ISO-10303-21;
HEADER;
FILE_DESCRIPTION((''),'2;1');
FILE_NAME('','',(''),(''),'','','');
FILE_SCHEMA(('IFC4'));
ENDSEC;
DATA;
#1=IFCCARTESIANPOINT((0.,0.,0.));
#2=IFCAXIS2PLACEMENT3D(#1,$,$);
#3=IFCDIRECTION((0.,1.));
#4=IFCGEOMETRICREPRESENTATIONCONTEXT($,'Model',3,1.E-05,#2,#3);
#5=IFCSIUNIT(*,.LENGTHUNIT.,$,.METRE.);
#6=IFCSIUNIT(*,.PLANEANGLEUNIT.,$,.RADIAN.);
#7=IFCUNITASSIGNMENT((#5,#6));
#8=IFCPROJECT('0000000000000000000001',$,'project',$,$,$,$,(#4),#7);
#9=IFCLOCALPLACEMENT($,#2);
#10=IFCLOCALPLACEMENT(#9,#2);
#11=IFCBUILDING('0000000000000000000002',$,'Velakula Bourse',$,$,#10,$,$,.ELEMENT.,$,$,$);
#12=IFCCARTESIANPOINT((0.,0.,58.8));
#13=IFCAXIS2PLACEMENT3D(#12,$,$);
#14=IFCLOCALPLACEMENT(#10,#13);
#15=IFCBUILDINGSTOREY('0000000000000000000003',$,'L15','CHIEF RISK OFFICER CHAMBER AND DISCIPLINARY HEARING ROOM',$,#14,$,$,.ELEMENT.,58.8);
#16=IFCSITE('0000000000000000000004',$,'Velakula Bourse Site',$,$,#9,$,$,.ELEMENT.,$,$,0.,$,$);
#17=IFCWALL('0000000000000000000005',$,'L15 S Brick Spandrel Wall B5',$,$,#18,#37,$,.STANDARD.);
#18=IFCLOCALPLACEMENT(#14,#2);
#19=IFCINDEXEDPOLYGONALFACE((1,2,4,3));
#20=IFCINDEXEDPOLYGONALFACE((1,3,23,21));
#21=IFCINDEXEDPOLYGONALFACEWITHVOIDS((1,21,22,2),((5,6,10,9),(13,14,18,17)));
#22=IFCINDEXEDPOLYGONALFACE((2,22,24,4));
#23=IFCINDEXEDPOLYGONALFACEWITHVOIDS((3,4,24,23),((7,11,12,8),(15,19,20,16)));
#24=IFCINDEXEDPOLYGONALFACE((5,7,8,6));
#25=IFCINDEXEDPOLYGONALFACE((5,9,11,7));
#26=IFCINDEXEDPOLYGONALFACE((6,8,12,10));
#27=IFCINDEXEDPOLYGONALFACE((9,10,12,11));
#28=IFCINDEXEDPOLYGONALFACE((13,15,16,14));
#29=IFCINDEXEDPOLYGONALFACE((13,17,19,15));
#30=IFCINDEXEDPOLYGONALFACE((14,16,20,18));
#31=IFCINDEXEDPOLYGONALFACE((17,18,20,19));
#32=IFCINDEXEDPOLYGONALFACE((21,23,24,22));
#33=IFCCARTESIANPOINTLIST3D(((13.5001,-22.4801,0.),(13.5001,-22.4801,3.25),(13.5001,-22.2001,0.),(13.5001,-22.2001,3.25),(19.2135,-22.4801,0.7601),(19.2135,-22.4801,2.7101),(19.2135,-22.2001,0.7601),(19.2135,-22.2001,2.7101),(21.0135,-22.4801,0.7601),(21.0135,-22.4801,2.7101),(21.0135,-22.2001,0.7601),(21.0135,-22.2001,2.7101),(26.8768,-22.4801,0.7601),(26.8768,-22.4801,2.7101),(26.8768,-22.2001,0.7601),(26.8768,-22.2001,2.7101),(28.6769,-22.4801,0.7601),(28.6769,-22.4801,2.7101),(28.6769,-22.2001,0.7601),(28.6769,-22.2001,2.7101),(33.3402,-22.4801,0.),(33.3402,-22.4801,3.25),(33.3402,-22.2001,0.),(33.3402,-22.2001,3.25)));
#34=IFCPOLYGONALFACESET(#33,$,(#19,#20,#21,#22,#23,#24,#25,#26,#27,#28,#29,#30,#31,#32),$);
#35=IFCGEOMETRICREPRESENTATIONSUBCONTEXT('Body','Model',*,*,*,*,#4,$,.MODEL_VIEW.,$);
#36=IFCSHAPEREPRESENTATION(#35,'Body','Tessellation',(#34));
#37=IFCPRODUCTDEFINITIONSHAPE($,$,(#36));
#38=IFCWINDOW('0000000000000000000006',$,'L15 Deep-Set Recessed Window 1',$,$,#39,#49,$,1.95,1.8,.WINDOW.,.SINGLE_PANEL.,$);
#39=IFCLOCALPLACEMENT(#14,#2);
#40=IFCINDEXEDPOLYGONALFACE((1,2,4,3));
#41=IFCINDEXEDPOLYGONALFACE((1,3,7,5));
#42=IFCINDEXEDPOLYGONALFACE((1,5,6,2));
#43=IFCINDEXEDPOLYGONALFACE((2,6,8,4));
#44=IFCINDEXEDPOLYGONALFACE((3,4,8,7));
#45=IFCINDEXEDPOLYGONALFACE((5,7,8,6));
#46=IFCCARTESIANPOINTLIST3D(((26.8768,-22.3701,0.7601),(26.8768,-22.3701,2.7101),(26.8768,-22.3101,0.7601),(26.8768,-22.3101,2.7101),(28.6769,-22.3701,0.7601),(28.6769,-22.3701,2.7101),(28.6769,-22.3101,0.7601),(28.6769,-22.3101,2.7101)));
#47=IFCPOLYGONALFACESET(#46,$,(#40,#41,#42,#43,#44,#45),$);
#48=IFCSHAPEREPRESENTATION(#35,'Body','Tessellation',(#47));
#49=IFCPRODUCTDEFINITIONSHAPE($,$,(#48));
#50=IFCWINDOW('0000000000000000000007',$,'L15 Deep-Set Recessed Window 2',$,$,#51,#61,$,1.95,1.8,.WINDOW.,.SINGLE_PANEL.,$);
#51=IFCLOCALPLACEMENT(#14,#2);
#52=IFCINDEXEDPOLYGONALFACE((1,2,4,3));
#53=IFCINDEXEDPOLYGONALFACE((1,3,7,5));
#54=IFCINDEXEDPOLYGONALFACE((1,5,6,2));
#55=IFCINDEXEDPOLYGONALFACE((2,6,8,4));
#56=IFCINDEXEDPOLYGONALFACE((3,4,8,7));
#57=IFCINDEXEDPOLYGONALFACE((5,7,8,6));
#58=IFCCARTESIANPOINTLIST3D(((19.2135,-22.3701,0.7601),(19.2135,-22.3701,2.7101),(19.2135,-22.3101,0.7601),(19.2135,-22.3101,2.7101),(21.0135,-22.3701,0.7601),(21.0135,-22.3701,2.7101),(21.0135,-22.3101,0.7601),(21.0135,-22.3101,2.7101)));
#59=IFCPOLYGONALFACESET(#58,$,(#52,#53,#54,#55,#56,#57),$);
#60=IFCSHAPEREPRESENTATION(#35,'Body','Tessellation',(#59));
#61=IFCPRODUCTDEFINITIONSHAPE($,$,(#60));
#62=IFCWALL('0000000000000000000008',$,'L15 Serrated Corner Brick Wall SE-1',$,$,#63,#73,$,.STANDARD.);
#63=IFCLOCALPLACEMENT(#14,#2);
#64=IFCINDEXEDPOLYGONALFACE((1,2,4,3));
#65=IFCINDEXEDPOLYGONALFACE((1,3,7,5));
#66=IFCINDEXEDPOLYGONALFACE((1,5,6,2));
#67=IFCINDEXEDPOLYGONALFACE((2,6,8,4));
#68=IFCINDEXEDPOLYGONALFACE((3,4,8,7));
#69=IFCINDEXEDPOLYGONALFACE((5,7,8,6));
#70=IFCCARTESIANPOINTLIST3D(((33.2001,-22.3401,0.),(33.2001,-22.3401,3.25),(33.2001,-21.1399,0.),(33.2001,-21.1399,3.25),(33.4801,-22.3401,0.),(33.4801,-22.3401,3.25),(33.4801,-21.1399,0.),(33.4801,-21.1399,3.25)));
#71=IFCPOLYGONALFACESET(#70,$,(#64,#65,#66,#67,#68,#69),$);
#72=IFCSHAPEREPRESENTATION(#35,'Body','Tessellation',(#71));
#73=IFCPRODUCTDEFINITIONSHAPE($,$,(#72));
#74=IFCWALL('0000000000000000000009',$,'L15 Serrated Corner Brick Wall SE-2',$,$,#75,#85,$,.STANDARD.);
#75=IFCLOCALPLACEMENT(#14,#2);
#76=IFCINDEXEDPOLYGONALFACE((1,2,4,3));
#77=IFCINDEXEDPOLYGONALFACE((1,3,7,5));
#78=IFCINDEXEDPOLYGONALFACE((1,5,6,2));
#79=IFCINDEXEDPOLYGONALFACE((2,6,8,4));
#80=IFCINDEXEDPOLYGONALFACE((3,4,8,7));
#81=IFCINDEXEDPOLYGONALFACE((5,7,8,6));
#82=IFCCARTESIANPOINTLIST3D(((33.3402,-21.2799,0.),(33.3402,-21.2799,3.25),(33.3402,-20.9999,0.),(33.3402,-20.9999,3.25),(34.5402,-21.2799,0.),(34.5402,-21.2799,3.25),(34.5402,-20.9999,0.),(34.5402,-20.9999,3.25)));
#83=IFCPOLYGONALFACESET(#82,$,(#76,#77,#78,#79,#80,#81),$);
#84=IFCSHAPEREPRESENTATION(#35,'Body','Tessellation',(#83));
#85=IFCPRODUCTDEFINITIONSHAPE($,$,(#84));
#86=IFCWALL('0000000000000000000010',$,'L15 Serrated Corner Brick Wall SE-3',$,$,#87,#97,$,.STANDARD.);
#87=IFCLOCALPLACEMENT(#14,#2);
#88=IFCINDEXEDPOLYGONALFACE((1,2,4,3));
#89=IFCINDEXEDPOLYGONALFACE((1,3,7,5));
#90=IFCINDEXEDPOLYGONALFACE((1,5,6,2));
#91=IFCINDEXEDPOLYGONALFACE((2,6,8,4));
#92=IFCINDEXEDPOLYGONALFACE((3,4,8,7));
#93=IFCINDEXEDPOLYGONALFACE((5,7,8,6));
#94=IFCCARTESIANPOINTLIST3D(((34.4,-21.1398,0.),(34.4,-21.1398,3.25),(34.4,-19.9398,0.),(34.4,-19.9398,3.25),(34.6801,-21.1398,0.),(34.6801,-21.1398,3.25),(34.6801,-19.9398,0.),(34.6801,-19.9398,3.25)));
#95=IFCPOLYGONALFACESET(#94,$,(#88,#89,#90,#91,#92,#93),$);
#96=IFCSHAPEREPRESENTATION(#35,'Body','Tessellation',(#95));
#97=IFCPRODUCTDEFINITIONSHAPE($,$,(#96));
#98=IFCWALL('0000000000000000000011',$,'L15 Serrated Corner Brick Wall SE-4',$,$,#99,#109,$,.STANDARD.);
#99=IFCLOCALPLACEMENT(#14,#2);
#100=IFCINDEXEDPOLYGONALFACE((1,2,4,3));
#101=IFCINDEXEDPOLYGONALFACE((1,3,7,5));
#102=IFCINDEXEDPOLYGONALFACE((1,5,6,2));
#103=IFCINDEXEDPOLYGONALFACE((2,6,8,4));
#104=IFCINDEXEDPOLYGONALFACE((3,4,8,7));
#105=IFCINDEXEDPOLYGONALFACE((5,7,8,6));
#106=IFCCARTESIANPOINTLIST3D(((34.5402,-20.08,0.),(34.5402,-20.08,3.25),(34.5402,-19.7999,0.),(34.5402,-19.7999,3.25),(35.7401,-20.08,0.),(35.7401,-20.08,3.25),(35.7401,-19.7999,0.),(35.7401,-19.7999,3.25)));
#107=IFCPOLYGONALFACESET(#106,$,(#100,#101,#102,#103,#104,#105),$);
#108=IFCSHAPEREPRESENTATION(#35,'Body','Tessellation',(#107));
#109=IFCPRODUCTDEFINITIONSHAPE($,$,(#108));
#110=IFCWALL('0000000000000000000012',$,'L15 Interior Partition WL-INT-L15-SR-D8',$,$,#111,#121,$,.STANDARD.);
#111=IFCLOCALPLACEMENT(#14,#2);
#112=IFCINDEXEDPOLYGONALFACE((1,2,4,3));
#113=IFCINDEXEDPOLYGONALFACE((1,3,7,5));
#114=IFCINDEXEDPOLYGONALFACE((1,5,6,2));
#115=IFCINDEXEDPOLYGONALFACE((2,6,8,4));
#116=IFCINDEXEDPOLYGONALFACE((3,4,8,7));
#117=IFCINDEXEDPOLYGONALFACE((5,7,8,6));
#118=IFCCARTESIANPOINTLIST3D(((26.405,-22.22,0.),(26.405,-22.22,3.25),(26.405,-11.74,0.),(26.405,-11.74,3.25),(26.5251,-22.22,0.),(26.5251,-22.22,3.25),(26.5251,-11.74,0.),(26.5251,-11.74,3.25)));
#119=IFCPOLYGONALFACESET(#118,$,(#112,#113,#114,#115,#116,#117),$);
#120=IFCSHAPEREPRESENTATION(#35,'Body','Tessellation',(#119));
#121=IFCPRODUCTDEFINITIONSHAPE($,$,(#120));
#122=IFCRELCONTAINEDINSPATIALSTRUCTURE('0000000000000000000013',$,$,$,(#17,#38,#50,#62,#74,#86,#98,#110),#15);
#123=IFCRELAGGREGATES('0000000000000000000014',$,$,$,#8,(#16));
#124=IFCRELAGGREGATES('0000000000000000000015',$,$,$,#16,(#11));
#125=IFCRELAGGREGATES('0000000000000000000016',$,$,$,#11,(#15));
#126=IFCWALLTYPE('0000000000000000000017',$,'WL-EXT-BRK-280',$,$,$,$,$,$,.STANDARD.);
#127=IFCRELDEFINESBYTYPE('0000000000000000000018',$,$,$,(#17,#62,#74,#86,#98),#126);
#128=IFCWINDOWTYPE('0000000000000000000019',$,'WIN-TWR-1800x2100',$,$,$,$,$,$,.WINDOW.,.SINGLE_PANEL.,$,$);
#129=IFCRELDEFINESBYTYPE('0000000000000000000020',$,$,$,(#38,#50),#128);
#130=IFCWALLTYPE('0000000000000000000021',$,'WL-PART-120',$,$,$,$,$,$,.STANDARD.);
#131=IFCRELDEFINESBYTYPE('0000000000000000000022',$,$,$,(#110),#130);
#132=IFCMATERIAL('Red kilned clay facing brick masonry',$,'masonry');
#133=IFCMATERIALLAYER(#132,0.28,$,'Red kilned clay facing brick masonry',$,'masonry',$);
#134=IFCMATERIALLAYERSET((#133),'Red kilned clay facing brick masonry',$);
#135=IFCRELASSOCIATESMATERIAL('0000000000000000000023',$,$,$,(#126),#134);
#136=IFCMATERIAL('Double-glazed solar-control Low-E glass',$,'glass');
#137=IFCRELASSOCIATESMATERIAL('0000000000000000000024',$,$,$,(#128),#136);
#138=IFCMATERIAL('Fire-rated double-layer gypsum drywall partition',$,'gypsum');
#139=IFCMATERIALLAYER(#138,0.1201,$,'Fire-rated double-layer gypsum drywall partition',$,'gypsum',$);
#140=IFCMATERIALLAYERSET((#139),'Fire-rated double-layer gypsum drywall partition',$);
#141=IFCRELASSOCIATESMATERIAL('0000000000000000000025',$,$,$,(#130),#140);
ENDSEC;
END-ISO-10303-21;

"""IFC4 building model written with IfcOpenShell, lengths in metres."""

from ifc_helpers import new_model, si_unit, direction, frame, frame_2d, origin, place, context, subcontext, project, spatial, rectangle, extrude, material, layer, layer_set, type_object, element, fill, save


model = new_model("IFC4")

# Units and contexts
model_context = context("Model", 3, precision=1e-05, world=origin(), true_north=direction((0.0, 1.0)))
body_context = subcontext(model_context, "Body", "Model", "MODEL_VIEW")
ifc_project = project(units=[si_unit("LENGTHUNIT", "METRE"), si_unit("PLANEANGLEUNIT", "RADIAN")], contexts=[model_context])

# Site, building, storey
site_placement = place(None, origin())
site = spatial("IfcSite", under=ifc_project, at=site_placement, Name="Velakula Bourse Site", CompositionType="ELEMENT", RefElevation=0.0)
building_placement = place(site_placement, origin())
building = spatial("IfcBuilding", under=site, at=building_placement, Name="Velakula Bourse", CompositionType="ELEMENT")
storey_placement = place(building_placement, frame((0.0, 0.0, 58.8)))
storey = spatial("IfcBuildingStorey", under=building, at=storey_placement, Name="L15", Description="CHIEF RISK OFFICER CHAMBER AND DISCIPLINARY HEARING ROOM", CompositionType="ELEMENT", Elevation=58.8)

# Wall, openings, windows
ifc_material_1 = material(Name="Red kilned clay facing brick masonry", Category="masonry")
ifc_layer_1 = layer(ifc_material_1, 0.28, Name="Red kilned clay facing brick masonry", Category="masonry")
ifc_layer_set_1 = layer_set([ifc_layer_1], Name="Red kilned clay facing brick masonry")
wall_type_1 = type_object("IfcWallType", Name="WL-EXT-BRK-280", PredefinedType="STANDARD", material=ifc_layer_set_1)
wall_1_placement = place(storey_placement, frame((33.3401, -22.3401, 0.0), z_axis=(0.0, 0.0, 1.0), x_axis=(-1.0, 0.0, 0.0)))
wall_1 = element("IfcWall", 1, at=wall_1_placement, inside=storey, type_object=wall_type_1, Name="L15 S Brick Spandrel Wall B5", PredefinedType="STANDARD", context=body_context, shape_type="SweptSolid", body=[
    extrude(rectangle(XDim=19.8401, YDim=0.28, at=frame_2d((9.9199, 0.0))), origin(), (0.0, 0.0, 1.0), 3.25),
])
opening_1_placement = place(wall_1_placement, frame((4.6633, 0.0, 0.76)))
opening_1 = element("IfcOpeningElement", 2, at=opening_1_placement, cuts=wall_1, PredefinedType="OPENING", context=body_context, shape_type="SweptSolid", body=[
    extrude(rectangle(XDim=1.8, YDim=1.95, at=frame_2d((0.8999, 0.9751))), frame((0.0, 0.1499, 0.0), z_axis=(0.0, -1.0, 0.0), x_axis=(1.0, 0.0, 0.0)), (0.0, 0.0, 1.0), 0.3),
])
opening_2_placement = place(wall_1_placement, frame((12.3267, 0.0, 0.76)))
opening_2 = element("IfcOpeningElement", 3, at=opening_2_placement, cuts=wall_1, PredefinedType="OPENING", context=body_context, shape_type="SweptSolid", body=[
    extrude(rectangle(XDim=1.8, YDim=1.95, at=frame_2d((0.8999, 0.9751))), frame((0.0, 0.1499, 0.0), z_axis=(0.0, -1.0, 0.0), x_axis=(1.0, 0.0, 0.0)), (0.0, 0.0, 1.0), 0.3),
])
ifc_material_2 = material(Name="Double-glazed solar-control Low-E glass", Category="glass")
window_type = type_object("IfcWindowType", Name="WIN-TWR-1800x2100", PartitioningType="SINGLE_PANEL", PredefinedType="WINDOW", material=ifc_material_2)
window_1_placement = place(opening_1_placement, origin())
window_1 = element("IfcWindow", 4, at=window_1_placement, inside=storey, type_object=window_type, Name="L15 Deep-Set Recessed Window 1", OverallHeight=1.95, OverallWidth=1.8, PartitioningType="SINGLE_PANEL", PredefinedType="WINDOW", context=body_context, shape_type="SweptSolid", body=[
    extrude(rectangle(XDim=1.8, YDim=1.95, at=frame_2d((0.8999, 0.9751))), frame((0.0, 0.03, 0.0), z_axis=(0.0, -1.0, 0.0), x_axis=(1.0, 0.0, 0.0)), (0.0, 0.0, 1.0), 0.0601),
])
fill(opening_1, window_1)
window_2_placement = place(opening_2_placement, origin())
window_2 = element("IfcWindow", 5, at=window_2_placement, inside=storey, type_object=window_type, Name="L15 Deep-Set Recessed Window 2", OverallHeight=1.95, OverallWidth=1.8, PartitioningType="SINGLE_PANEL", PredefinedType="WINDOW", context=body_context, shape_type="SweptSolid", body=[
    extrude(rectangle(XDim=1.8, YDim=1.95, at=frame_2d((0.8999, 0.9751))), frame((0.0, 0.03, 0.0), z_axis=(0.0, -1.0, 0.0), x_axis=(1.0, 0.0, 0.0)), (0.0, 0.0, 1.0), 0.0601),
])
fill(opening_2, window_2)

# Walls
wall_2_placement = place(storey_placement, frame((33.3401, -22.3401, 0.0), z_axis=(0.0, 0.0, 1.0), x_axis=(0.0, 1.0, 0.0)))
element("IfcWall", 6, at=wall_2_placement, inside=storey, type_object=wall_type_1, Name="L15 Serrated Corner Brick Wall SE-1", PredefinedType="STANDARD", context=body_context, shape_type="SweptSolid", body=[
    extrude(rectangle(XDim=1.2002, YDim=0.28, at=frame_2d((0.6001, 0.0))), origin(), (0.0, 0.0, 1.0), 3.25),
])
for number, where, z_axis, x_axis, name in (
    (7, (33.3401, -21.1399, 0.0), (0.0, 0.0, 1.0), (1.0, 0.0, 0.0), "L15 Serrated Corner Brick Wall SE-2"),
    (8, (34.54, -21.1399, 0.0), (0.0, 0.0, 1.0), (0.0, 1.0, 0.0), "L15 Serrated Corner Brick Wall SE-3"),
    (9, (34.54, -19.9399, 0.0), (0.0, 0.0, 1.0), (1.0, 0.0, 0.0), "L15 Serrated Corner Brick Wall SE-4"),
):
    element("IfcWall", number, at=place(storey_placement, frame(where, z_axis=z_axis, x_axis=x_axis)), inside=storey, type_object=wall_type_1, Name=name, PredefinedType="STANDARD", context=body_context, shape_type="SweptSolid", body=[
        extrude(rectangle(XDim=1.2, YDim=0.28, at=frame_2d((0.6001, 0.0))), origin(), (0.0, 0.0, 1.0), 3.25),
    ])
ifc_material_3 = material(Name="Fire-rated double-layer gypsum drywall partition", Category="gypsum")
ifc_layer_2 = layer(ifc_material_3, 0.1201, Name="Fire-rated double-layer gypsum drywall partition", Category="gypsum")
ifc_layer_set_2 = layer_set([ifc_layer_2], Name="Fire-rated double-layer gypsum drywall partition")
wall_type_2 = type_object("IfcWallType", Name="WL-PART-120", PredefinedType="STANDARD", material=ifc_layer_set_2)
wall_3_placement = place(storey_placement, frame((26.4651, -22.22, 0.0), z_axis=(0.0, 0.0, 1.0), x_axis=(0.0, 1.0, 0.0)))
element("IfcWall", 10, at=wall_3_placement, inside=storey, type_object=wall_type_2, Name="L15 Interior Partition WL-INT-L15-SR-D8", PredefinedType="STANDARD", context=body_context, shape_type="SweptSolid", body=[
    extrude(rectangle(XDim=10.48, YDim=0.1201, at=frame_2d((5.24, 0.0))), origin(), (0.0, 0.0, 1.0), 3.25),
])

save(model, "model.ifc")
